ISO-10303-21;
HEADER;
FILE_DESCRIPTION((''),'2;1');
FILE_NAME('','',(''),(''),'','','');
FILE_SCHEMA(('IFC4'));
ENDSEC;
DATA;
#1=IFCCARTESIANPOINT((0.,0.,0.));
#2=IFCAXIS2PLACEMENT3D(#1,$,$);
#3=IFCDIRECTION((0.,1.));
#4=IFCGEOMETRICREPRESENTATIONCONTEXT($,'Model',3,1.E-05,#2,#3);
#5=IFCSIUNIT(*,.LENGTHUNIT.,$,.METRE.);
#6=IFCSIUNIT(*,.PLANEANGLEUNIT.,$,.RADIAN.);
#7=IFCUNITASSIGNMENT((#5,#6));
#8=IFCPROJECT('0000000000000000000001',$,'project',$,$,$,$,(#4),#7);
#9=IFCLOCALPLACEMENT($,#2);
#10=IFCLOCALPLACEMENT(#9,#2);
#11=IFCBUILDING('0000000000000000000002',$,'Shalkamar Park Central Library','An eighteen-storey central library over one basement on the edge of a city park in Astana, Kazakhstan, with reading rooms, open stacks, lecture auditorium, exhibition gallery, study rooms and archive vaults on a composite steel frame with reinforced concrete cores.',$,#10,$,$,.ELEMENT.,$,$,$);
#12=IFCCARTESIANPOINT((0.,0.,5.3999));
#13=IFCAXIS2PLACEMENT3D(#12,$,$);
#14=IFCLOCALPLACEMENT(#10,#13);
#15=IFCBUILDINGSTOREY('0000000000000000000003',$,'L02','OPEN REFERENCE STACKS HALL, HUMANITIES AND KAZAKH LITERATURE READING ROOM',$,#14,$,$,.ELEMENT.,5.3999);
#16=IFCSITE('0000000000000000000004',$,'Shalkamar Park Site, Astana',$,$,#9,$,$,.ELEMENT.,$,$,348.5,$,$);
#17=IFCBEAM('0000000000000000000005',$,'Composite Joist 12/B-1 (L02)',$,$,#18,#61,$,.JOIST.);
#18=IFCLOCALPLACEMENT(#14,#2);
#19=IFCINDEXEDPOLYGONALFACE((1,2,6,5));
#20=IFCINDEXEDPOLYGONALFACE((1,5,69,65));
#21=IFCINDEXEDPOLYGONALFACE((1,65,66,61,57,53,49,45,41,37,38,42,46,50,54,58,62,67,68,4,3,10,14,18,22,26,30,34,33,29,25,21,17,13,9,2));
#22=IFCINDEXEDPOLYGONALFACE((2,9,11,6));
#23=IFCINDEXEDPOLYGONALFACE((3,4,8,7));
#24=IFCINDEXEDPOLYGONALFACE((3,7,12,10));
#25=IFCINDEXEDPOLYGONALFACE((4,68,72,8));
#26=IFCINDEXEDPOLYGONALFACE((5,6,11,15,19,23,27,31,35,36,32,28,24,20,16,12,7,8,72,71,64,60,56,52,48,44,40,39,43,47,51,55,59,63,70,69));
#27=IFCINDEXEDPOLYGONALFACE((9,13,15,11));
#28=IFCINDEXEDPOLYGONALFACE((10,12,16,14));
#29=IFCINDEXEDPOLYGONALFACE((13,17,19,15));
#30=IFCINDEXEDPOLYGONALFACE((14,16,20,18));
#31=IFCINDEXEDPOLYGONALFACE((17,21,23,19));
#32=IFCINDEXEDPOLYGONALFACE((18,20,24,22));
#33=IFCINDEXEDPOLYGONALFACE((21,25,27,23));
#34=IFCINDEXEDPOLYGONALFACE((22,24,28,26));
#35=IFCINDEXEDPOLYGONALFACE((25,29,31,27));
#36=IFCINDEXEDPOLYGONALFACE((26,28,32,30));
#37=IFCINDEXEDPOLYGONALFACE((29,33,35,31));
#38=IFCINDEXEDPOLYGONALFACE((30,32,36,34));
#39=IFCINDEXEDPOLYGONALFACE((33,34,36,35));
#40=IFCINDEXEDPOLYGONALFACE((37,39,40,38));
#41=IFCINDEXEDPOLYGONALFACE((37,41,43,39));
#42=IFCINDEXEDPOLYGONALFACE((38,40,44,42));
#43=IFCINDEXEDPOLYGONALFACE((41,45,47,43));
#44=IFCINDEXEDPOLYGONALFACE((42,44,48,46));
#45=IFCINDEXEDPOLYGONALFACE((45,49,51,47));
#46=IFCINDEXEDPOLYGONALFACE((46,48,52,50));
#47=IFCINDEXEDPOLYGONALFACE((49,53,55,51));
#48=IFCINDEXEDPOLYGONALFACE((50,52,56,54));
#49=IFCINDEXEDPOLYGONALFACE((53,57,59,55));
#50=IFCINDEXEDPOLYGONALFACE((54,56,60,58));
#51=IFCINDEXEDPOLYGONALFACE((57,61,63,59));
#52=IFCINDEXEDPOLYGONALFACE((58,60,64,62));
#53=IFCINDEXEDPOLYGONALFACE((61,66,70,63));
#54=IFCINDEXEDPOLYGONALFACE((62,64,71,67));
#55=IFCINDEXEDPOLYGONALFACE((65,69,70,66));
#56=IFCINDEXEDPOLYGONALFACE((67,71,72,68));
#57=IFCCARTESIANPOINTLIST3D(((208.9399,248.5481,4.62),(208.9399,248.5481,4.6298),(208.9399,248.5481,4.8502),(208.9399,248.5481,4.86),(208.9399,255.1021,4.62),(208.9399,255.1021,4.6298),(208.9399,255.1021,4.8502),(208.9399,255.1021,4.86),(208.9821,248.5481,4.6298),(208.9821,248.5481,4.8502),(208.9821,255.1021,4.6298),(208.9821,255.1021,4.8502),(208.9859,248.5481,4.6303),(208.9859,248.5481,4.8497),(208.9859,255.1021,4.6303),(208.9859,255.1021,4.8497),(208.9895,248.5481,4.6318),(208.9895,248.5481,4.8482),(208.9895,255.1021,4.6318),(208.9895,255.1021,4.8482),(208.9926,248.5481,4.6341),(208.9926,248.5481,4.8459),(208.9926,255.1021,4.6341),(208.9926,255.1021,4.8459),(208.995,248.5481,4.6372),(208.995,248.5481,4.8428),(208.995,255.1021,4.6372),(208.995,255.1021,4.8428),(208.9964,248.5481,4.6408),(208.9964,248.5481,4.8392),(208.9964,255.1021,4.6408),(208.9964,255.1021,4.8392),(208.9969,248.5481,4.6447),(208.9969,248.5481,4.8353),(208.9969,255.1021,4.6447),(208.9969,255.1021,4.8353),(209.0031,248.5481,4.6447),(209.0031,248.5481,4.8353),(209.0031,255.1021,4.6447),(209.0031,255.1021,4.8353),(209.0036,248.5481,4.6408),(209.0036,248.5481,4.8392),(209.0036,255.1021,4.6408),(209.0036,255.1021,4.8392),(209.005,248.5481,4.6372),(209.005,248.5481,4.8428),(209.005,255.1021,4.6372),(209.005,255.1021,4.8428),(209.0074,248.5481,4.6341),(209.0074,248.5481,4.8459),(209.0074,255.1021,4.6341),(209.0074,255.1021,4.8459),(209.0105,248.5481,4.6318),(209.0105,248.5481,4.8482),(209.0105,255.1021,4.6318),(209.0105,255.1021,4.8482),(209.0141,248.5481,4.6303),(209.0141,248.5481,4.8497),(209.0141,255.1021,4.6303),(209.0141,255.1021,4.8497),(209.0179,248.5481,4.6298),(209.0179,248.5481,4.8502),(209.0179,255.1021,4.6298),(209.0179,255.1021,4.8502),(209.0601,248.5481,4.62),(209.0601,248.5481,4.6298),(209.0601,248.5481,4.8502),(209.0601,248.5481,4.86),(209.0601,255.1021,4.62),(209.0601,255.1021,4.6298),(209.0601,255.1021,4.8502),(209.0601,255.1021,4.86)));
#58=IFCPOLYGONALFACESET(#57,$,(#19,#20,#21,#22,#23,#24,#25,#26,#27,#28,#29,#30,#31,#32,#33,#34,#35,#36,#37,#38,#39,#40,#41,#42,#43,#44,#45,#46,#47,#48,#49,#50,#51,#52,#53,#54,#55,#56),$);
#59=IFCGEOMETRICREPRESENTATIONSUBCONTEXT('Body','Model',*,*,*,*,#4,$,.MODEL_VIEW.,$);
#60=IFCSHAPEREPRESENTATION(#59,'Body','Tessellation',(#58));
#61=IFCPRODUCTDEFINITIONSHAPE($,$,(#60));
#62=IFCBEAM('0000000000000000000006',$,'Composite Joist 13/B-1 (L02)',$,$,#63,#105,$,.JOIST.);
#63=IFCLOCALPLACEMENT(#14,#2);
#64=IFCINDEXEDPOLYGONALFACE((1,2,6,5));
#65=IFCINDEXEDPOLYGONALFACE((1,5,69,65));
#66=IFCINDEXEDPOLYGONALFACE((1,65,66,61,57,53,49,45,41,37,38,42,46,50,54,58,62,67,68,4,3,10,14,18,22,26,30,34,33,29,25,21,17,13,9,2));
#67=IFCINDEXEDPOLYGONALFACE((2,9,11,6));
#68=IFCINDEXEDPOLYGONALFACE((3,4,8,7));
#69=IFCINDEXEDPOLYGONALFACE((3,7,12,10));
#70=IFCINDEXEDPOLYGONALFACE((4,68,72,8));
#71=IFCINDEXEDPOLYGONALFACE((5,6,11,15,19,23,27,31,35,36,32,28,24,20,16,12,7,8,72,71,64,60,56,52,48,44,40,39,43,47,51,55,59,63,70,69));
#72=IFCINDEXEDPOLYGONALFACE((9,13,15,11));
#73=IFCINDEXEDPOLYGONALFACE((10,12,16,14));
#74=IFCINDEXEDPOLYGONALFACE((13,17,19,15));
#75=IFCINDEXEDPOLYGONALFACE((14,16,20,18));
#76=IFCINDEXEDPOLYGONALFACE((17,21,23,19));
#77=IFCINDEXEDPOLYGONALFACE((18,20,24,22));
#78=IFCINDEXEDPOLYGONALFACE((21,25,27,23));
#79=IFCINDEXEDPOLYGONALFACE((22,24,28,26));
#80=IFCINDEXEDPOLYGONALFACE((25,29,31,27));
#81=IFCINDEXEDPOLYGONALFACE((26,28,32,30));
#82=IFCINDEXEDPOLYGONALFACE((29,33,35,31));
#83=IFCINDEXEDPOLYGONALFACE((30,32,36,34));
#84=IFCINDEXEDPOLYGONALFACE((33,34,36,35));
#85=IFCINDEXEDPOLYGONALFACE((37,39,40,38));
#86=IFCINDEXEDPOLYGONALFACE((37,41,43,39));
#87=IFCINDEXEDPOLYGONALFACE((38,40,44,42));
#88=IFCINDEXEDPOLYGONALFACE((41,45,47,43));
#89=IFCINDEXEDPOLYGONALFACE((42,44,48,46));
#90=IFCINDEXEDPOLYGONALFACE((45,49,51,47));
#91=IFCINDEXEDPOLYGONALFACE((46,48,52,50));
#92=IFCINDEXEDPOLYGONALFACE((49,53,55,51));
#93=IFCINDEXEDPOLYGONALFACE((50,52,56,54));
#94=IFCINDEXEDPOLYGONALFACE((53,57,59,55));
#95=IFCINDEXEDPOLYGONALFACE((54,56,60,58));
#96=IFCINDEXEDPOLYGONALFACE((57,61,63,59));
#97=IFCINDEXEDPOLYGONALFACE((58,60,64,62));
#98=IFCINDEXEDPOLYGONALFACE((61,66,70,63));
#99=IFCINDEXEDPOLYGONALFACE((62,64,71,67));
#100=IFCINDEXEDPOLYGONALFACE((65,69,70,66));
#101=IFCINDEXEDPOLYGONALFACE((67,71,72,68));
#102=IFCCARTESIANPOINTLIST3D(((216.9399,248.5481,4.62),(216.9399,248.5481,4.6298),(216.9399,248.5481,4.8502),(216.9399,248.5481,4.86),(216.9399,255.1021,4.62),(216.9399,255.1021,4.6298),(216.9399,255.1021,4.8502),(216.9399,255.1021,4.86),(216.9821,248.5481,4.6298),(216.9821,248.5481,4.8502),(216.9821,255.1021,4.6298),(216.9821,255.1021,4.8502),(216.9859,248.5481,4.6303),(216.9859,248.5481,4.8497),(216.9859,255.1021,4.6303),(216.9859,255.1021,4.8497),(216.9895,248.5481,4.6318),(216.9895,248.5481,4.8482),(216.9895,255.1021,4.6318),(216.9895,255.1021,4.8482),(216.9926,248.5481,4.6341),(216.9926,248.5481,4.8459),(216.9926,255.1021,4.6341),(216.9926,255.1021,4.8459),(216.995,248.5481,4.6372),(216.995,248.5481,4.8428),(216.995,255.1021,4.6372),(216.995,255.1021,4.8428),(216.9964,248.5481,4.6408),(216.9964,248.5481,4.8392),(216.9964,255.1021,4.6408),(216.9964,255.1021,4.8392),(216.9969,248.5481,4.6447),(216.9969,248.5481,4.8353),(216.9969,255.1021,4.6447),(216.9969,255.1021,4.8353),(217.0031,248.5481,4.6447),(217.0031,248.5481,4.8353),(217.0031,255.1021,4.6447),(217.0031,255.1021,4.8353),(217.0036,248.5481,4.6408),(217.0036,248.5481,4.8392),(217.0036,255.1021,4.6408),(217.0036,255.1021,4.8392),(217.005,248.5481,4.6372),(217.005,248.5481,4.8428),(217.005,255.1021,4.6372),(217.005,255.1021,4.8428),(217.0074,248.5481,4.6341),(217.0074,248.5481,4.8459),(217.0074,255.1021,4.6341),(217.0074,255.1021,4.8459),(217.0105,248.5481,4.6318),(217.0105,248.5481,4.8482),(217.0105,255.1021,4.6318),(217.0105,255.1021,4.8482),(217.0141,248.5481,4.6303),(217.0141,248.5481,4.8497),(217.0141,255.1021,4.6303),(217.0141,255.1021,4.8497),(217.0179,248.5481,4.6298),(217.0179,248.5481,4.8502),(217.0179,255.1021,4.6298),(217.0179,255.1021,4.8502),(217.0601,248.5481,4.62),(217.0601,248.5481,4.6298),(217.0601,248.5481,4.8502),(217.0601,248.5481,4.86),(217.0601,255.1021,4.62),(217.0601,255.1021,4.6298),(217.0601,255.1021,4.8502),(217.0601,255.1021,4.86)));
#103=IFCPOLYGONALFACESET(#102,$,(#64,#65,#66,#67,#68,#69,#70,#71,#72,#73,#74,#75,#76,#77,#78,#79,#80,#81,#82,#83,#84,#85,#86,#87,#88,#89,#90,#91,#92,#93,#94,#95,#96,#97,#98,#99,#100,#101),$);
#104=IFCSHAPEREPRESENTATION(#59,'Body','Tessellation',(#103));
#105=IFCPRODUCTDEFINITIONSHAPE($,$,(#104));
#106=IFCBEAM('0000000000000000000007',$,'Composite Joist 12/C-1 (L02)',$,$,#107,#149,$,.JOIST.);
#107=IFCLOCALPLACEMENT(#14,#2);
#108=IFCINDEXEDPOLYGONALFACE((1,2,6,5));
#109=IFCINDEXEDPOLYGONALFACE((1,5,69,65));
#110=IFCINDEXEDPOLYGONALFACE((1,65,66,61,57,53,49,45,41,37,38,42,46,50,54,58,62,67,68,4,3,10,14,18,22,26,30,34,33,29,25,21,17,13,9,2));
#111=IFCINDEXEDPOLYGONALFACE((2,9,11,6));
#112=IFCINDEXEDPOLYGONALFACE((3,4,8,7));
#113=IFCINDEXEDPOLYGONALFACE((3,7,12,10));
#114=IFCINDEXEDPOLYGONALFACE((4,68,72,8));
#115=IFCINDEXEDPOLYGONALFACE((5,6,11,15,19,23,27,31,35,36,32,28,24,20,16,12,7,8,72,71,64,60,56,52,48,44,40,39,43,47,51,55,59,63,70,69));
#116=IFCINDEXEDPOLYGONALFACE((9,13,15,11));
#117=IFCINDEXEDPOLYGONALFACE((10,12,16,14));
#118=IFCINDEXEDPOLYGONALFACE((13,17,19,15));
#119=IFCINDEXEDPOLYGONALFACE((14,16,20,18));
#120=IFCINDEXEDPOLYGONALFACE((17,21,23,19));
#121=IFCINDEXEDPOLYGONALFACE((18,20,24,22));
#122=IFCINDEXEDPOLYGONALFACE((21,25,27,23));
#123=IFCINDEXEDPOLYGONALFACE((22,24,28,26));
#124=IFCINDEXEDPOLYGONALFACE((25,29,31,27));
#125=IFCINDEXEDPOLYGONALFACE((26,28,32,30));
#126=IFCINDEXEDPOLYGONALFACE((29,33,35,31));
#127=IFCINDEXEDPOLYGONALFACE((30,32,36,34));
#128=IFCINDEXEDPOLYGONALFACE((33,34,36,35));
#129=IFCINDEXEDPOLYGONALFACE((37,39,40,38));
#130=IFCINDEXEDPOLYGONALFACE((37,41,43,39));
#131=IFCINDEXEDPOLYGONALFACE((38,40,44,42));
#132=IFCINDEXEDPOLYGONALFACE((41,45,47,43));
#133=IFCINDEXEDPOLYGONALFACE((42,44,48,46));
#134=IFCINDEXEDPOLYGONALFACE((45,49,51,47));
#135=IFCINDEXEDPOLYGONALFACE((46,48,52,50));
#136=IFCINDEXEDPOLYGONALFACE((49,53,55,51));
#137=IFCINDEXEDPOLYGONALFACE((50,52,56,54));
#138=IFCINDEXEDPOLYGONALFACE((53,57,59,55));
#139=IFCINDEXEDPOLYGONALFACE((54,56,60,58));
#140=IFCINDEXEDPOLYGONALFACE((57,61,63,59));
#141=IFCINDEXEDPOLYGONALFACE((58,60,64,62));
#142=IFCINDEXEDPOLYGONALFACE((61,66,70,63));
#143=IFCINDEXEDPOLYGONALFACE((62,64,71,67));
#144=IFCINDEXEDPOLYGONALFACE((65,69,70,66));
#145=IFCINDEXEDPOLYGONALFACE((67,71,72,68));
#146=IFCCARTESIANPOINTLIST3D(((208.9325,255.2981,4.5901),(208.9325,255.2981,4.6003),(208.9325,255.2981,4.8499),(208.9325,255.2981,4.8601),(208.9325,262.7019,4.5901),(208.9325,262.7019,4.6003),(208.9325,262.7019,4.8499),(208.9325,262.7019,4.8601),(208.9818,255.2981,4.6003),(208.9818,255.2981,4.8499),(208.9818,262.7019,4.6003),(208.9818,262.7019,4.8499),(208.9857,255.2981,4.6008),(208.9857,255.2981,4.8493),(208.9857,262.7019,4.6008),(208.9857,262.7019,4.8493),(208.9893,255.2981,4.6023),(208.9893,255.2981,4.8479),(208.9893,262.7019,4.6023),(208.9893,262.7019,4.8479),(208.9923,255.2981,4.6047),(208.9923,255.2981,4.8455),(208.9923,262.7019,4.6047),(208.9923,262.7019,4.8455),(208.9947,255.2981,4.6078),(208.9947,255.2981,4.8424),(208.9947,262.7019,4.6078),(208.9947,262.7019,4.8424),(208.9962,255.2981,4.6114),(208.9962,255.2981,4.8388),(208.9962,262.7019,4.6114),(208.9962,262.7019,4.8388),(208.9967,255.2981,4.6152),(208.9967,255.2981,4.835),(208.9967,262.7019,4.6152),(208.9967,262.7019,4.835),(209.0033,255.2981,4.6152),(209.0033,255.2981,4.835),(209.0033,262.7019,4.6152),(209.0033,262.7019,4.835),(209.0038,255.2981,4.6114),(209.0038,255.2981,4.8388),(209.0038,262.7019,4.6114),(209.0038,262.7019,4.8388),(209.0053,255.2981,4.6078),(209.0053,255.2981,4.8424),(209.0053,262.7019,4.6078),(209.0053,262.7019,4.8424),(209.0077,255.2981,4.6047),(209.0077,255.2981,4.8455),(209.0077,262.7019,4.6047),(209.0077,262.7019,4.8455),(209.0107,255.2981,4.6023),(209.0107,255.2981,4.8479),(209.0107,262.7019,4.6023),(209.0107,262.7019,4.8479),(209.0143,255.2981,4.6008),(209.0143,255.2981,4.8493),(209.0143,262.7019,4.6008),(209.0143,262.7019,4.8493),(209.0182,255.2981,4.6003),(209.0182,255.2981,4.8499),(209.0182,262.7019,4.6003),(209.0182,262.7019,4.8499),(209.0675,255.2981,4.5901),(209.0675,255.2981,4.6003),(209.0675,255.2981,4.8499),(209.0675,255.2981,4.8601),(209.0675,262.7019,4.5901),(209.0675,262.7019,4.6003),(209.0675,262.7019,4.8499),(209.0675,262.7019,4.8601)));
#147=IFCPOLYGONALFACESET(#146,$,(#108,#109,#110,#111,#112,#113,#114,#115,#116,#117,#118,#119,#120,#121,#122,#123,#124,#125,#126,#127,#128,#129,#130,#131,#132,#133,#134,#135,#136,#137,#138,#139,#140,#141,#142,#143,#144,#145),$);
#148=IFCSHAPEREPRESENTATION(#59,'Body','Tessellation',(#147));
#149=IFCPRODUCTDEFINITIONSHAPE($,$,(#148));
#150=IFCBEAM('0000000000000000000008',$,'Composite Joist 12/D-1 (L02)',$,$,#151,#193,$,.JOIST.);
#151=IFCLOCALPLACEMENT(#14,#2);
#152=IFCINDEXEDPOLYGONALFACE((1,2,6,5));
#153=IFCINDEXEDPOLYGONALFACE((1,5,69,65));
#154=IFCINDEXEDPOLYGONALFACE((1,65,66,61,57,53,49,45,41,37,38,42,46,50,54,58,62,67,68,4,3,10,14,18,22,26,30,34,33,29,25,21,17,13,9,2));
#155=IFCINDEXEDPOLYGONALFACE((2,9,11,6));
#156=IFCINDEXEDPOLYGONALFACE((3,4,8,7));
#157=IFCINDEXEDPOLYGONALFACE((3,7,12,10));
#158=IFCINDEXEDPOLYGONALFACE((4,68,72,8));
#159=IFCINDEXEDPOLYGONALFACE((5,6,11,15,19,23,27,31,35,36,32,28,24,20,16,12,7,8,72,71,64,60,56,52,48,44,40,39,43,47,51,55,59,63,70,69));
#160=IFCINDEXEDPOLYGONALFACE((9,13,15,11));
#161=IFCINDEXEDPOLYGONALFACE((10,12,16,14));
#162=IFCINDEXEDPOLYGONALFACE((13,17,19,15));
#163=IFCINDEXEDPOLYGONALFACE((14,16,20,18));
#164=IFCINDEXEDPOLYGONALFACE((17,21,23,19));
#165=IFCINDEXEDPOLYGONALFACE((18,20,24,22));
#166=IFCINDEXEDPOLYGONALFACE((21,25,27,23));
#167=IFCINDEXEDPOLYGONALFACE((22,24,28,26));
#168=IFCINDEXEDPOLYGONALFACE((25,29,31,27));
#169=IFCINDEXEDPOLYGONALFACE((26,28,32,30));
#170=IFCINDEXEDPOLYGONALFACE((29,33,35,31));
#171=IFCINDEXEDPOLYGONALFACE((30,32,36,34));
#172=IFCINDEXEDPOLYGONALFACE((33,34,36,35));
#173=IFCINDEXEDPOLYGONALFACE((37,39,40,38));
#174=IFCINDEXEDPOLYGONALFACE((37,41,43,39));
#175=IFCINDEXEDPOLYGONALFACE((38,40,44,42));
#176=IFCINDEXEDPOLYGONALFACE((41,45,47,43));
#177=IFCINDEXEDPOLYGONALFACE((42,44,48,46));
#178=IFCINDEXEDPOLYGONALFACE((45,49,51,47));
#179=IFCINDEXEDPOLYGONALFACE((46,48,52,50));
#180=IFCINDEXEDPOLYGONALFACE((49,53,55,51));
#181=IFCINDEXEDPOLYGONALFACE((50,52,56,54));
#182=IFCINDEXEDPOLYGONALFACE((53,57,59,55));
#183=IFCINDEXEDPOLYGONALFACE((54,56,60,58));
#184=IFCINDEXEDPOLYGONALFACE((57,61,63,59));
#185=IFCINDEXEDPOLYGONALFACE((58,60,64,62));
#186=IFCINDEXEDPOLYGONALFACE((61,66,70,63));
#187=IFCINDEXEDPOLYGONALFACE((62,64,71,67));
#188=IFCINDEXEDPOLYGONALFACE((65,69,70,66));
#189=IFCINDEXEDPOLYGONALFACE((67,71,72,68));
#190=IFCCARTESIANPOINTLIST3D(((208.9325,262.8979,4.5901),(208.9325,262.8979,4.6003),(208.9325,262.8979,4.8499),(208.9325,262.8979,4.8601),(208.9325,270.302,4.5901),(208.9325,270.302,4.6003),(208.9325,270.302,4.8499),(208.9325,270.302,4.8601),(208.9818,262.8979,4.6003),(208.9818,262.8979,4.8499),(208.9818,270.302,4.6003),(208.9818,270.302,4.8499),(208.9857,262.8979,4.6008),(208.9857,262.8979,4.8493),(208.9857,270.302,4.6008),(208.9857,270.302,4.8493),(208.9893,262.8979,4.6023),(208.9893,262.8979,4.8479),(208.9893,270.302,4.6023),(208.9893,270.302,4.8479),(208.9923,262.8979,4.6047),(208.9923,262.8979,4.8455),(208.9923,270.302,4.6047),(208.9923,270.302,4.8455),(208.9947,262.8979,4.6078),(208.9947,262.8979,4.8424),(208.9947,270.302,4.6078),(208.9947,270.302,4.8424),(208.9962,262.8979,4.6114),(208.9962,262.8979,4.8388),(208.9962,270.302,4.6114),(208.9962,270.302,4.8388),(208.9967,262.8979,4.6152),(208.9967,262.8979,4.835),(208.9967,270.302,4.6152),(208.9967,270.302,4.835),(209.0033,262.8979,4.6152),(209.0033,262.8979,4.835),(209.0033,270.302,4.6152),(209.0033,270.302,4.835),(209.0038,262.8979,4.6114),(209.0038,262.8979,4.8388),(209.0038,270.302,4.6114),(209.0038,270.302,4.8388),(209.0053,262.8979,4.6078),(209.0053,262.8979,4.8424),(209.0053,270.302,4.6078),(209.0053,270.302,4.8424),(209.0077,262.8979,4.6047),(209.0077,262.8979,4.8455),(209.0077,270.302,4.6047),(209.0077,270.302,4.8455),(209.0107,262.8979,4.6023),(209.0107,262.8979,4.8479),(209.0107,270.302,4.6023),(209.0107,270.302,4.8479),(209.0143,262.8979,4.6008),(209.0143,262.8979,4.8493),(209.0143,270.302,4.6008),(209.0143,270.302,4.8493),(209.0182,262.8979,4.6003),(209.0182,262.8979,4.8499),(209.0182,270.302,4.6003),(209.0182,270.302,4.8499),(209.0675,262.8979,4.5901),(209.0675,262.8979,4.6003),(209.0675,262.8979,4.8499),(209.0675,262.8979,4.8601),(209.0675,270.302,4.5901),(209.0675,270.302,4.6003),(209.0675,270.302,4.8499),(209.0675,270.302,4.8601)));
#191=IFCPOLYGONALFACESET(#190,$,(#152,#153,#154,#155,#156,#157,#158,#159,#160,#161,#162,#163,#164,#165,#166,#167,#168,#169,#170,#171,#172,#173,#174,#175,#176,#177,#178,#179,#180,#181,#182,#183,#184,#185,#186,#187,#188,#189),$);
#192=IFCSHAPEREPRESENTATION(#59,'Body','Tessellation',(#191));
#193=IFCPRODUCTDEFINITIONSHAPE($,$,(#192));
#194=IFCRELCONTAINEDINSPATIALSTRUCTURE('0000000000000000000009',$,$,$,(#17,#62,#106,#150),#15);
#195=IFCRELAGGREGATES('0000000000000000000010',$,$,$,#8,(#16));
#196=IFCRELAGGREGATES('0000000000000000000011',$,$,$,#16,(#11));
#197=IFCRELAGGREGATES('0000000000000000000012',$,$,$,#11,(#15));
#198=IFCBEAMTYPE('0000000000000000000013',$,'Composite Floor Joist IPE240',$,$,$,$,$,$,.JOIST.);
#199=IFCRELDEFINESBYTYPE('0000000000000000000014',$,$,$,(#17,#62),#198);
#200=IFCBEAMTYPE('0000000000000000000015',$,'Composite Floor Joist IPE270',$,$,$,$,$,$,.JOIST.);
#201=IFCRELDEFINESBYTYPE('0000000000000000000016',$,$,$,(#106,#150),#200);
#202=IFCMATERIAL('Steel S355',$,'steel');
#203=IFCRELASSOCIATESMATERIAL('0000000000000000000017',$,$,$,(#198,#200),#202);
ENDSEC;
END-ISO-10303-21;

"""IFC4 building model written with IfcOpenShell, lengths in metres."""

from ifc_helpers import new_model, si_unit, direction, frame, origin, origin_2d, place, context, subcontext, project, spatial, i_section, extrude, material, material_profile, profile_set, type_object, element, save


model = new_model("IFC4")

# Units and contexts
model_context = context("Model", 3, precision=1e-05, world=origin(), true_north=direction((0.0, 1.0)))
body_context = subcontext(model_context, "Body", "Model", "MODEL_VIEW")
ifc_project = project(units=[si_unit("LENGTHUNIT", "METRE"), si_unit("PLANEANGLEUNIT", "RADIAN")], contexts=[model_context])

# Site, building, storey
site_placement = place(None, origin())
site = spatial("IfcSite", under=ifc_project, at=site_placement, Name="Shalkamar Park Site, Astana", CompositionType="ELEMENT", RefElevation=348.5)
building_placement = place(site_placement, origin())
building = spatial("IfcBuilding", under=site, at=building_placement, Name="Shalkamar Park Central Library", Description="An eighteen-storey central library over one basement on the edge of a city park in Astana, Kazakhstan, with reading rooms, open stacks, lecture auditorium, exhibition gallery, study rooms and archive vaults on a composite steel frame with reinforced concrete cores.", CompositionType="ELEMENT")
storey_placement = place(building_placement, frame((0.0, 0.0, 5.3999)))
storey = spatial("IfcBuildingStorey", under=building, at=storey_placement, Name="L02", Description="OPEN REFERENCE STACKS HALL, HUMANITIES AND KAZAKH LITERATURE READING ROOM", CompositionType="ELEMENT", Elevation=5.3999)

# Shared definitions
ifc_material_1 = material(Name="Steel S355", Category="steel")

# Beams
ifc_material_profile_1 = material_profile(ifc_material_1, i_section(OverallWidth=0.1201, OverallDepth=0.24, WebThickness=0.0061, FlangeThickness=0.0098, FilletRadius=0.0149, at=origin_2d()), Name="IPE 240")
ifc_profile_set_1 = profile_set([ifc_material_profile_1], Name="Steel S355")
beam_type_1 = type_object("IfcBeamType", Name="Composite Floor Joist IPE240", PredefinedType="JOIST", material=ifc_profile_set_1)
for number, where, z_axis, x_axis, name in (
    (1, (209.0, 248.5481, 4.74), (0.0, 1.0, 0.0), (-1.0, 0.0, 0.0), "Composite Joist 12/B-1 (L02)"),
    (2, (217.0, 248.5481, 4.74), (0.0, 1.0, 0.0), (-1.0, 0.0, 0.0), "Composite Joist 13/B-1 (L02)"),
):
    element("IfcBeam", number, at=place(storey_placement, frame(where, z_axis=z_axis, x_axis=x_axis)), inside=storey, type_object=beam_type_1, Name=name, PredefinedType="JOIST", context=body_context, shape_type="SweptSolid", body=[
        extrude(i_section(OverallWidth=0.1201, OverallDepth=0.24, WebThickness=0.0061, FlangeThickness=0.0098, FilletRadius=0.0149, at=origin_2d()), origin(), (0.0, 0.0, 1.0), 6.554),
    ])
ifc_material_profile_2 = material_profile(ifc_material_1, i_section(OverallWidth=0.135, OverallDepth=0.27, WebThickness=0.0066, FlangeThickness=0.0103, FilletRadius=0.0149, at=origin_2d()), Name="IPE 270")
ifc_profile_set_2 = profile_set([ifc_material_profile_2], Name="Steel S355")
beam_type_2 = type_object("IfcBeamType", Name="Composite Floor Joist IPE270", PredefinedType="JOIST", material=ifc_profile_set_2)
beam_1_placement = place(storey_placement, frame((209.0, 255.2981, 4.7251), z_axis=(0.0, 1.0, 0.0), x_axis=(-1.0, 0.0, 0.0)))
element("IfcBeam", 3, at=beam_1_placement, inside=storey, type_object=beam_type_2, Name="Composite Joist 12/C-1 (L02)", PredefinedType="JOIST", context=body_context, shape_type="SweptSolid", body=[
    extrude(i_section(OverallWidth=0.135, OverallDepth=0.27, WebThickness=0.0066, FlangeThickness=0.0103, FilletRadius=0.0149, at=origin_2d()), origin(), (0.0, 0.0, 1.0), 7.4038),
])
beam_2_placement = place(storey_placement, frame((209.0, 262.8979, 4.7251), z_axis=(0.0, 1.0, 0.0), x_axis=(-1.0, 0.0, 0.0)))
element("IfcBeam", 4, at=beam_2_placement, inside=storey, type_object=beam_type_2, Name="Composite Joist 12/D-1 (L02)", PredefinedType="JOIST", context=body_context, shape_type="SweptSolid", body=[
    extrude(i_section(OverallWidth=0.135, OverallDepth=0.27, WebThickness=0.0066, FlangeThickness=0.0103, FilletRadius=0.0149, at=origin_2d()), origin(), (0.0, 0.0, 1.0), 7.4041),
])

save(model, "model.ifc")
